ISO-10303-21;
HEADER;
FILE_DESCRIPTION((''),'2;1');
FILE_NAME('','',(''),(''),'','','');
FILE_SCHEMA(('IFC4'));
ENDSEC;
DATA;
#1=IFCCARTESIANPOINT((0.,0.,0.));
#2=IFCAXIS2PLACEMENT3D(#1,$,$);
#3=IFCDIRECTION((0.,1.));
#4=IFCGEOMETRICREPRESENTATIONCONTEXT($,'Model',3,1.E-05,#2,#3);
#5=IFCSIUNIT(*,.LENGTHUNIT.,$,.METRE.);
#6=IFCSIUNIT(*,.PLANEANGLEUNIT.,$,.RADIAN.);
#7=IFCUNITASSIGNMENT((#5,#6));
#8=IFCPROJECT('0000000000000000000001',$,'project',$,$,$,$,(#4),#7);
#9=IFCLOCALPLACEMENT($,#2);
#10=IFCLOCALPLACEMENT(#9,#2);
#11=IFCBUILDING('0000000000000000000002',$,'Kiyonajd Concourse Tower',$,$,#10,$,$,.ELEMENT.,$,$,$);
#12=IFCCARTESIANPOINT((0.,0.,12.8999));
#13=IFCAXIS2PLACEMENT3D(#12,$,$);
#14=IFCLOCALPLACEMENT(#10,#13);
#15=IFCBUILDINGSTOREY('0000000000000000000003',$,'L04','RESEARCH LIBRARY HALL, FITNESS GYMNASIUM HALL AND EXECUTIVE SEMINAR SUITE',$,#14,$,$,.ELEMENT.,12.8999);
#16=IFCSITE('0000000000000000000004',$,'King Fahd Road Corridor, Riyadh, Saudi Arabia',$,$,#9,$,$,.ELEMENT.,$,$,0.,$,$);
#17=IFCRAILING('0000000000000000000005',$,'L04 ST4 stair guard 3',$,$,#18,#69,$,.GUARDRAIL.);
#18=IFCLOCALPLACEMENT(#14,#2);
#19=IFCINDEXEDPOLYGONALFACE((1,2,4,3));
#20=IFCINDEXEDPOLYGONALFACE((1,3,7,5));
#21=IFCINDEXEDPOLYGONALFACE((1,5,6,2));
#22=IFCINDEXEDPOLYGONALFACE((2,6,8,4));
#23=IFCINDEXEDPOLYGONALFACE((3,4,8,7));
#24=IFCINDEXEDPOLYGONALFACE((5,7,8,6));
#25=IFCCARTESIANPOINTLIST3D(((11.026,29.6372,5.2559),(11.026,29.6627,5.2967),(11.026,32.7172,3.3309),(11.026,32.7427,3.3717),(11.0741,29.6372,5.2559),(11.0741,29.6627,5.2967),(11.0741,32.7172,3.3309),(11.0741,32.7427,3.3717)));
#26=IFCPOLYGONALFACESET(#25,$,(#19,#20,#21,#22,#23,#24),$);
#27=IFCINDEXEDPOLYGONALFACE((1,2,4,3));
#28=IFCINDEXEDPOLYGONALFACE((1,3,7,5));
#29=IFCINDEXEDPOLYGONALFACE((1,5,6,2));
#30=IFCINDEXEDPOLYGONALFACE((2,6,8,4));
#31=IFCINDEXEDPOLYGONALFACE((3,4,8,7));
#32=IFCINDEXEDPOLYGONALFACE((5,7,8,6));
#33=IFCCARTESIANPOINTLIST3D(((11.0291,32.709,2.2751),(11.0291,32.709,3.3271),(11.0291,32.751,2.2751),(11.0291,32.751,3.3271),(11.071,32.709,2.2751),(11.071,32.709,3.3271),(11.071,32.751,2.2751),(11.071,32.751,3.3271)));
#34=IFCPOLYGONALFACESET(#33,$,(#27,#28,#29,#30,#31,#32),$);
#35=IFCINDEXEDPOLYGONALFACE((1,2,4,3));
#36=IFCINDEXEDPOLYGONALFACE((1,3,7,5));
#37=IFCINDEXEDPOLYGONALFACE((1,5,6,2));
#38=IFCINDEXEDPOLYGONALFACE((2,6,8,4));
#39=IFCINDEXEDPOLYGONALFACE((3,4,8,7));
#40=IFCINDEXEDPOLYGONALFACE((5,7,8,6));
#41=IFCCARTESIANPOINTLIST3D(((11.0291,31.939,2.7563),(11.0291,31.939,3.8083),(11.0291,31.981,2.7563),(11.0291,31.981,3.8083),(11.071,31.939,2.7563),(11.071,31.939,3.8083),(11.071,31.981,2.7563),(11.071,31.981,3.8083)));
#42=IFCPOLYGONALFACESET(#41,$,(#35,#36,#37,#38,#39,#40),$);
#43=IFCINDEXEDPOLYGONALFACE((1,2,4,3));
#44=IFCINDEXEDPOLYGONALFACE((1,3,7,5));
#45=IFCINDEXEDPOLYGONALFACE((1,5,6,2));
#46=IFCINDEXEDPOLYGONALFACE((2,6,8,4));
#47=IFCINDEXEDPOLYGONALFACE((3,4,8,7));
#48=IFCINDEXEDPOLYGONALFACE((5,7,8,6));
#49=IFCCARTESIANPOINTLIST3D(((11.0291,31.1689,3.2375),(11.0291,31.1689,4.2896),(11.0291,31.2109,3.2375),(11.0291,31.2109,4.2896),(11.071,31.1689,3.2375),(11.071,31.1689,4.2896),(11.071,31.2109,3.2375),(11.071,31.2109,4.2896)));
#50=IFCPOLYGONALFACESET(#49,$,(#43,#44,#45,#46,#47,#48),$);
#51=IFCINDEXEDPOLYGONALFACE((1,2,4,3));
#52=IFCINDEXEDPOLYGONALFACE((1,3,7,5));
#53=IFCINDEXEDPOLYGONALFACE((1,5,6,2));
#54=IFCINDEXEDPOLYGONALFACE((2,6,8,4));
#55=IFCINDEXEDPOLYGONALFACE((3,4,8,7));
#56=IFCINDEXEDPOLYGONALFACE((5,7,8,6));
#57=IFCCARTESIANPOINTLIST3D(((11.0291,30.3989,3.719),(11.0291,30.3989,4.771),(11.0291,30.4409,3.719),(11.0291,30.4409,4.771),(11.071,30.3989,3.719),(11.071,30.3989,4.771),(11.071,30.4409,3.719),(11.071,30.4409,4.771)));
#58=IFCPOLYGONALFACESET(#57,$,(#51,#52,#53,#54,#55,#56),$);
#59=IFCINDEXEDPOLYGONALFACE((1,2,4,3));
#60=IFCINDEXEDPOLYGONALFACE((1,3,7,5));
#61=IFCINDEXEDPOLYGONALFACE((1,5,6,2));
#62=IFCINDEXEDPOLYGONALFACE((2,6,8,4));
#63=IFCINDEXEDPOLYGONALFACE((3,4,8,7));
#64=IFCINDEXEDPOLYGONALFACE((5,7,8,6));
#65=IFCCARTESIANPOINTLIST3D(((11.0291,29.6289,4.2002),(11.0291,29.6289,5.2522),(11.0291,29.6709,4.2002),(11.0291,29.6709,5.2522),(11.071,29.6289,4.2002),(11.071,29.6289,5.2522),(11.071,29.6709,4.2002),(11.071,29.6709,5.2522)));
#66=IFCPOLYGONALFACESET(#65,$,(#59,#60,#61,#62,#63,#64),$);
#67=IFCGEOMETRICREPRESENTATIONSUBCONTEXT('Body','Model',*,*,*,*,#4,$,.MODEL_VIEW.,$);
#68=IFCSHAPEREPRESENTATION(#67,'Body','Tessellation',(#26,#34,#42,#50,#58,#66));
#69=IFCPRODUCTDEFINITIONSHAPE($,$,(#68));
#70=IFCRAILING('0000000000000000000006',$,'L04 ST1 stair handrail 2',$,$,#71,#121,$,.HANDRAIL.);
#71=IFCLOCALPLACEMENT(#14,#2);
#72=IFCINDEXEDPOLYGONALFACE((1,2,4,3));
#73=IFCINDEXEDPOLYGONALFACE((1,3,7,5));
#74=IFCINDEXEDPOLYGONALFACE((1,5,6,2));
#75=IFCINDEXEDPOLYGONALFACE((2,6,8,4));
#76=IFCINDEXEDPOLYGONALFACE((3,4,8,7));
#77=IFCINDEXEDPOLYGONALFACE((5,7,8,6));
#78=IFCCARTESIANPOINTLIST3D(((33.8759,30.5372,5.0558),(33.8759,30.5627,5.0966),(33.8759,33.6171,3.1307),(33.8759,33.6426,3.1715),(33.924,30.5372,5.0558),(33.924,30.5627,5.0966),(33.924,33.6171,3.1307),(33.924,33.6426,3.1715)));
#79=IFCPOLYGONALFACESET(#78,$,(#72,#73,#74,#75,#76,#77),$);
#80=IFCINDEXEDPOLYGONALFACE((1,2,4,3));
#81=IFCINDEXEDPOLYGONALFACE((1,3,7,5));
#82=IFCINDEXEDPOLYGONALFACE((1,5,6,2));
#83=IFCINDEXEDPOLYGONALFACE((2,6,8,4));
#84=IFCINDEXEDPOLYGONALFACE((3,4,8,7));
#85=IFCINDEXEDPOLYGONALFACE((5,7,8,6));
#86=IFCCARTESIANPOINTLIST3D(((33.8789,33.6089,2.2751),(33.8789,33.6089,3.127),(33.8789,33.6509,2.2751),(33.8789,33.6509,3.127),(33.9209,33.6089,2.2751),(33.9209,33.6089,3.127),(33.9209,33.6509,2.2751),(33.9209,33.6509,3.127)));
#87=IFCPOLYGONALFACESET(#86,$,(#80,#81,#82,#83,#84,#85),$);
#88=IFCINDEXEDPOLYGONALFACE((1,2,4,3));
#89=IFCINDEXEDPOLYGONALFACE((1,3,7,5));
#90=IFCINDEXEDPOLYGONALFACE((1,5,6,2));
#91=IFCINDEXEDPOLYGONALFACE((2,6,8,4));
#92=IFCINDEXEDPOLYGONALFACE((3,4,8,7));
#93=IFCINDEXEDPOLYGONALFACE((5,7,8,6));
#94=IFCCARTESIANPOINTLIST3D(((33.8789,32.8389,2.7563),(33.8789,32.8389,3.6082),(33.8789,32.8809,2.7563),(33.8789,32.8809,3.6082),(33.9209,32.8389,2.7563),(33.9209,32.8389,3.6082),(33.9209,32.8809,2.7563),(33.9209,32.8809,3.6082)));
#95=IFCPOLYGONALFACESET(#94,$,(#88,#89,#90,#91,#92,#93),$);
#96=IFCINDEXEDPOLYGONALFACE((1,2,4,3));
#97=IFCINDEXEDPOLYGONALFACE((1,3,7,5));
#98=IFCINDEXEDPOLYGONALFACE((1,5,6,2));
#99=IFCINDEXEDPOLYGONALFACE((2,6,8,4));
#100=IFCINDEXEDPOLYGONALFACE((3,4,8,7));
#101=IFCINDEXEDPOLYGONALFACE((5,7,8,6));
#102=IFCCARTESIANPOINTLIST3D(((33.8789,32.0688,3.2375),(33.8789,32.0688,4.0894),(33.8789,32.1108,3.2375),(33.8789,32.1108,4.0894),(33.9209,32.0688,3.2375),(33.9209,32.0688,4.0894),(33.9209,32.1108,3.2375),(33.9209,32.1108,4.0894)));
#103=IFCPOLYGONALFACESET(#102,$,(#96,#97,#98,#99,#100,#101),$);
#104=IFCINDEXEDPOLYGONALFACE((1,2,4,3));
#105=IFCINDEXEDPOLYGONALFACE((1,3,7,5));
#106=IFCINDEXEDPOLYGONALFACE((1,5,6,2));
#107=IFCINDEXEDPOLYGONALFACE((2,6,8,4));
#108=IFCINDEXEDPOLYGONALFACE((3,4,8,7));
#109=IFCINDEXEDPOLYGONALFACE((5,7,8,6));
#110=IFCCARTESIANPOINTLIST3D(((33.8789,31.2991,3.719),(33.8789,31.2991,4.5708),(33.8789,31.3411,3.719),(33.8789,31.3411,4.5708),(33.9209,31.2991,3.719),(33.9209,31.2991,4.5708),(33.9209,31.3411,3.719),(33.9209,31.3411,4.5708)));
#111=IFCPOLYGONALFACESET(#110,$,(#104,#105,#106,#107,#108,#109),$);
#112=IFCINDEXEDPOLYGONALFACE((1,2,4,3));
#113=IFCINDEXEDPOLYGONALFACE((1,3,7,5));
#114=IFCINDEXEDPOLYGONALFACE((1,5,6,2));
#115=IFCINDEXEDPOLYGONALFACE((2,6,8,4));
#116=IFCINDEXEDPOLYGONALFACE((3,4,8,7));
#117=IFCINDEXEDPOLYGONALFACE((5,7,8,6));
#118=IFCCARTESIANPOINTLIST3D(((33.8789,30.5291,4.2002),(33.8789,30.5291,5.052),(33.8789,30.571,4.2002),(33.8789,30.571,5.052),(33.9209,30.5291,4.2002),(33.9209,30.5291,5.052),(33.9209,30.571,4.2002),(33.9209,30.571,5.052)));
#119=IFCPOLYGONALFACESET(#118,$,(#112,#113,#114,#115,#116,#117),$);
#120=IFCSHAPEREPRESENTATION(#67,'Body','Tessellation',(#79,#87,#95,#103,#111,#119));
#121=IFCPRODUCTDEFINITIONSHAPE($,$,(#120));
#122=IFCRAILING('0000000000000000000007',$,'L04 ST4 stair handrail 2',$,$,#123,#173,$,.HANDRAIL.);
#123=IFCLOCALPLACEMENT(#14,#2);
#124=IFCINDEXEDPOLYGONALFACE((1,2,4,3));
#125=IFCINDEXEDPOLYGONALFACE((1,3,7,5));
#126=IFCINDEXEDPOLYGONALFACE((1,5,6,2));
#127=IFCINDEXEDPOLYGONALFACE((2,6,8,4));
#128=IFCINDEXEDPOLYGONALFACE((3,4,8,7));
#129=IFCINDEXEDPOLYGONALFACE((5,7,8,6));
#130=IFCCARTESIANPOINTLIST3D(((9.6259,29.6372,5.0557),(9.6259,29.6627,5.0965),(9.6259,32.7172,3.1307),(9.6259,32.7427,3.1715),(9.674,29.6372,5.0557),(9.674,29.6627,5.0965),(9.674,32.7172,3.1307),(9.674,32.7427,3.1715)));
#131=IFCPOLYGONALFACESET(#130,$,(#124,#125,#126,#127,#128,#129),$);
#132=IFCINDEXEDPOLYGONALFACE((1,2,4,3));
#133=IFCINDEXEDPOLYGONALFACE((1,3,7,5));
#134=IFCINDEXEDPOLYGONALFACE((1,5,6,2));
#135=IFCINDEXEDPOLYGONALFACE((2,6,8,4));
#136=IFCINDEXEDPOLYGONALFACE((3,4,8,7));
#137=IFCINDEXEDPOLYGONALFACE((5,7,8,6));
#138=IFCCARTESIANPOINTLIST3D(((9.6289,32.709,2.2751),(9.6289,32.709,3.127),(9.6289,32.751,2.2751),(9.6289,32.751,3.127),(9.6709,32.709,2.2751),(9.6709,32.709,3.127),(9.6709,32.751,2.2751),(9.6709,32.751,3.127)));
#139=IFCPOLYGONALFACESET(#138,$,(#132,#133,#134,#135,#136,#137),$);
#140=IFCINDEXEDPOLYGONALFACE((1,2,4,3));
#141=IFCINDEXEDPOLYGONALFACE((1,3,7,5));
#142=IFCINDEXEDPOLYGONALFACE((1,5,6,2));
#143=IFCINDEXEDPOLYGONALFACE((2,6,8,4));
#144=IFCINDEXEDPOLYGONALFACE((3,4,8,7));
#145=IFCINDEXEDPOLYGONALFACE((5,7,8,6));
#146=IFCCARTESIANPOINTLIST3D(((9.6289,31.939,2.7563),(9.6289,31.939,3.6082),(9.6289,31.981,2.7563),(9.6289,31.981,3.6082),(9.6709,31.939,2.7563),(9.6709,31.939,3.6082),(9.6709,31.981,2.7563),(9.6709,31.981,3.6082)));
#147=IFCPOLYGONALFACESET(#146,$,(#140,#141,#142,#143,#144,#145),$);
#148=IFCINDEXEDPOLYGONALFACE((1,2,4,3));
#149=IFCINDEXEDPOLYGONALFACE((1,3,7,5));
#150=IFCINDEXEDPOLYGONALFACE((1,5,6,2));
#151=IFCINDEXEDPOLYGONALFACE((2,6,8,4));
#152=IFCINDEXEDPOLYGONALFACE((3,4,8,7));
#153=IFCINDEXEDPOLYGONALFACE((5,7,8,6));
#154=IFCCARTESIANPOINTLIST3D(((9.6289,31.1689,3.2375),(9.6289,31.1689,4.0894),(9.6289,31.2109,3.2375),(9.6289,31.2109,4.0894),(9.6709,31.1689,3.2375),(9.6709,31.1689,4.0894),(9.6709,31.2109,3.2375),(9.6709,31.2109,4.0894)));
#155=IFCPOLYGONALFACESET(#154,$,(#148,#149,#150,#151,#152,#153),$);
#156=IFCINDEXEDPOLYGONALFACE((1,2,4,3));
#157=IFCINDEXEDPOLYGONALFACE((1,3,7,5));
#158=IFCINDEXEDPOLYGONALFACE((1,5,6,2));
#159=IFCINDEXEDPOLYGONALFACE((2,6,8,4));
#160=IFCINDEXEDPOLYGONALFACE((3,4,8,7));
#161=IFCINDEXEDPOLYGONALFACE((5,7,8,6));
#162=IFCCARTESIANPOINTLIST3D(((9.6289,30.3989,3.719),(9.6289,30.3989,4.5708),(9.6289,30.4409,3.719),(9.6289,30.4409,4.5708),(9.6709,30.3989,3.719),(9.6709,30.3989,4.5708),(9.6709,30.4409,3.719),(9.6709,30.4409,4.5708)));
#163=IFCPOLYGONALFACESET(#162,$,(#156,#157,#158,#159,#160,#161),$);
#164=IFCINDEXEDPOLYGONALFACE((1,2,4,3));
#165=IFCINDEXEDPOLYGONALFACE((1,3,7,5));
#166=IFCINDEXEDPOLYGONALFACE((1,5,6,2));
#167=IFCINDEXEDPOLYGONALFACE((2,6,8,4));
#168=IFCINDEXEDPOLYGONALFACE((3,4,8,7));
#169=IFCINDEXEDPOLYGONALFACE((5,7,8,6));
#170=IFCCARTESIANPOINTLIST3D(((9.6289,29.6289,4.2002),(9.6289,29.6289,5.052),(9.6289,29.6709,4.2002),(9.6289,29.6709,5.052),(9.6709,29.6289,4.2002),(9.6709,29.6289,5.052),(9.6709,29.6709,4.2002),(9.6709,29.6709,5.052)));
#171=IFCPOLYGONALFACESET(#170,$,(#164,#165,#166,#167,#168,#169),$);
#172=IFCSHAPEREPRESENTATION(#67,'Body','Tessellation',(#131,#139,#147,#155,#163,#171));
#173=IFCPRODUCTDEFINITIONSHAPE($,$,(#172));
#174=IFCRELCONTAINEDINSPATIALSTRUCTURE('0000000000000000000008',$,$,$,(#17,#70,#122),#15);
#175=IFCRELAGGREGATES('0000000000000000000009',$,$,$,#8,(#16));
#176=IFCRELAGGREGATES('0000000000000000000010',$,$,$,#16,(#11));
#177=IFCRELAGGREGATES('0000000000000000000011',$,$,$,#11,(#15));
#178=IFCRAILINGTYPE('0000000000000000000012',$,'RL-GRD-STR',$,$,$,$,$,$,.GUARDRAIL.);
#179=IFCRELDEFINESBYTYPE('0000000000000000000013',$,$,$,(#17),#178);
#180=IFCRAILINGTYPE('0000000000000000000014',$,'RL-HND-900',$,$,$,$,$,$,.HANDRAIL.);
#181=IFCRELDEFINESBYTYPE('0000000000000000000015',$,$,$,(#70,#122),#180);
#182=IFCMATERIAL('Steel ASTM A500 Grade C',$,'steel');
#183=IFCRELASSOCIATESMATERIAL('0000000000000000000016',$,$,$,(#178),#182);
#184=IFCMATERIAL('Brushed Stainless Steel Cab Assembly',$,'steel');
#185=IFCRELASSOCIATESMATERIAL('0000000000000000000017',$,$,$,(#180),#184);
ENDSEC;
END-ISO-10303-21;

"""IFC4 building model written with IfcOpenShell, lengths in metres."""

from ifc_helpers import new_model, si_unit, direction, frame, origin, origin_2d, place, context, subcontext, project, spatial, rectangle, extrude, material, type_object, element, save


model = new_model("IFC4")

# Units and contexts
model_context = context("Model", 3, precision=1e-05, world=origin(), true_north=direction((0.0, 1.0)))
body_context = subcontext(model_context, "Body", "Model", "MODEL_VIEW")
ifc_project = project(units=[si_unit("LENGTHUNIT", "METRE"), si_unit("PLANEANGLEUNIT", "RADIAN")], contexts=[model_context])

# Site, building, storey
site_placement = place(None, origin())
site = spatial("IfcSite", under=ifc_project, at=site_placement, Name="King Fahd Road Corridor, Riyadh, Saudi Arabia", CompositionType="ELEMENT", RefElevation=0.0)
building_placement = place(site_placement, origin())
building = spatial("IfcBuilding", under=site, at=building_placement, Name="Kiyonajd Concourse Tower", CompositionType="ELEMENT")
storey_placement = place(building_placement, frame((0.0, 0.0, 12.8999)))
storey = spatial("IfcBuildingStorey", under=building, at=storey_placement, Name="L04", Description="RESEARCH LIBRARY HALL, FITNESS GYMNASIUM HALL AND EXECUTIVE SEMINAR SUITE", CompositionType="ELEMENT", Elevation=12.8999)

# Shared definitions
ifc_material_1 = material(Name="Brushed Stainless Steel Cab Assembly", Category="steel")

# Railings
ifc_material_2 = material(Name="Steel ASTM A500 Grade C", Category="steel")
railing_type_1 = type_object("IfcRailingType", Name="RL-GRD-STR", PredefinedType="GUARDRAIL", material=ifc_material_2)
railing_1_placement = place(storey_placement, frame((11.05, 32.73, 2.2751)))
element("IfcRailing", 1, at=railing_1_placement, inside=storey, type_object=railing_type_1, Name="L04 ST4 stair guard 3", PredefinedType="GUARDRAIL", context=body_context, shape_type="SweptSolid", body=[
    extrude(rectangle(XDim=0.0481, YDim=0.0481, at=origin_2d()), frame((0.0, 0.0, 1.0762), z_axis=(0.0, -0.847998, 0.529999), x_axis=(1.0, 0.0, 0.0)), (0.0, 0.0, 1.0), 3.6321),
    extrude(rectangle(XDim=0.042, YDim=0.042, at=origin_2d()), origin(), (0.0, 0.0, 1.0), 1.052),
    extrude(rectangle(XDim=0.042, YDim=0.042, at=origin_2d()), frame((0.0, -0.77, 0.4812)), (0.0, 0.0, 1.0), 1.052),
    extrude(rectangle(XDim=0.042, YDim=0.042, at=origin_2d()), frame((0.0, -1.54, 0.9624)), (0.0, 0.0, 1.0), 1.052),
    extrude(rectangle(XDim=0.042, YDim=0.042, at=origin_2d()), frame((0.0, -2.3101, 1.4438)), (0.0, 0.0, 1.0), 1.052),
    extrude(rectangle(XDim=0.042, YDim=0.042, at=origin_2d()), frame((0.0, -3.0801, 1.925)), (0.0, 0.0, 1.0), 1.052),
])
railing_type_2 = type_object("IfcRailingType", Name="RL-HND-900", PredefinedType="HANDRAIL", material=ifc_material_1)
railing_2_placement = place(storey_placement, frame((33.8999, 33.6299, 2.2751)))
element("IfcRailing", 2, at=railing_2_placement, inside=storey, type_object=railing_type_2, Name="L04 ST1 stair handrail 2", PredefinedType="HANDRAIL", context=body_context, shape_type="SweptSolid", body=[
    extrude(rectangle(XDim=0.0481, YDim=0.0481, at=origin_2d()), frame((0.0, 0.0, 0.876), z_axis=(0.0, -0.847979, 0.530029), x_axis=(1.0, 0.0, 0.0)), (0.0, 0.0, 1.0), 3.6321),
    extrude(rectangle(XDim=0.042, YDim=0.042, at=origin_2d()), origin(), (0.0, 0.0, 1.0), 0.8518),
    extrude(rectangle(XDim=0.042, YDim=0.042, at=origin_2d()), frame((0.0, -0.77, 0.4812)), (0.0, 0.0, 1.0), 0.8518),
    extrude(rectangle(XDim=0.042, YDim=0.042, at=origin_2d()), frame((0.0, -1.54, 0.9624)), (0.0, 0.0, 1.0), 0.8518),
    extrude(rectangle(XDim=0.042, YDim=0.042, at=origin_2d()), frame((0.0, -2.3098, 1.4438)), (0.0, 0.0, 1.0), 0.8518),
    extrude(rectangle(XDim=0.042, YDim=0.042, at=origin_2d()), frame((0.0, -3.0798, 1.925)), (0.0, 0.0, 1.0), 0.8518),
])
railing_3_placement = place(storey_placement, frame((9.6499, 32.73, 2.2751)))
element("IfcRailing", 3, at=railing_3_placement, inside=storey, type_object=railing_type_2, Name="L04 ST4 stair handrail 2", PredefinedType="HANDRAIL", context=body_context, shape_type="SweptSolid", body=[
    extrude(rectangle(XDim=0.0481, YDim=0.0481, at=origin_2d()), frame((0.0, 0.0, 0.876), z_axis=(0.0, -0.847998, 0.529999), x_axis=(1.0, 0.0, 0.0)), (0.0, 0.0, 1.0), 3.6321),
    extrude(rectangle(XDim=0.042, YDim=0.042, at=origin_2d()), origin(), (0.0, 0.0, 1.0), 0.8518),
    extrude(rectangle(XDim=0.042, YDim=0.042, at=origin_2d()), frame((0.0, -0.77, 0.4812)), (0.0, 0.0, 1.0), 0.8518),
    extrude(rectangle(XDim=0.042, YDim=0.042, at=origin_2d()), frame((0.0, -1.54, 0.9624)), (0.0, 0.0, 1.0), 0.8518),
    extrude(rectangle(XDim=0.042, YDim=0.042, at=origin_2d()), frame((0.0, -2.3101, 1.4438)), (0.0, 0.0, 1.0), 0.8518),
    extrude(rectangle(XDim=0.042, YDim=0.042, at=origin_2d()), frame((0.0, -3.0801, 1.925)), (0.0, 0.0, 1.0), 0.8518),
])

save(model, "model.ifc")
